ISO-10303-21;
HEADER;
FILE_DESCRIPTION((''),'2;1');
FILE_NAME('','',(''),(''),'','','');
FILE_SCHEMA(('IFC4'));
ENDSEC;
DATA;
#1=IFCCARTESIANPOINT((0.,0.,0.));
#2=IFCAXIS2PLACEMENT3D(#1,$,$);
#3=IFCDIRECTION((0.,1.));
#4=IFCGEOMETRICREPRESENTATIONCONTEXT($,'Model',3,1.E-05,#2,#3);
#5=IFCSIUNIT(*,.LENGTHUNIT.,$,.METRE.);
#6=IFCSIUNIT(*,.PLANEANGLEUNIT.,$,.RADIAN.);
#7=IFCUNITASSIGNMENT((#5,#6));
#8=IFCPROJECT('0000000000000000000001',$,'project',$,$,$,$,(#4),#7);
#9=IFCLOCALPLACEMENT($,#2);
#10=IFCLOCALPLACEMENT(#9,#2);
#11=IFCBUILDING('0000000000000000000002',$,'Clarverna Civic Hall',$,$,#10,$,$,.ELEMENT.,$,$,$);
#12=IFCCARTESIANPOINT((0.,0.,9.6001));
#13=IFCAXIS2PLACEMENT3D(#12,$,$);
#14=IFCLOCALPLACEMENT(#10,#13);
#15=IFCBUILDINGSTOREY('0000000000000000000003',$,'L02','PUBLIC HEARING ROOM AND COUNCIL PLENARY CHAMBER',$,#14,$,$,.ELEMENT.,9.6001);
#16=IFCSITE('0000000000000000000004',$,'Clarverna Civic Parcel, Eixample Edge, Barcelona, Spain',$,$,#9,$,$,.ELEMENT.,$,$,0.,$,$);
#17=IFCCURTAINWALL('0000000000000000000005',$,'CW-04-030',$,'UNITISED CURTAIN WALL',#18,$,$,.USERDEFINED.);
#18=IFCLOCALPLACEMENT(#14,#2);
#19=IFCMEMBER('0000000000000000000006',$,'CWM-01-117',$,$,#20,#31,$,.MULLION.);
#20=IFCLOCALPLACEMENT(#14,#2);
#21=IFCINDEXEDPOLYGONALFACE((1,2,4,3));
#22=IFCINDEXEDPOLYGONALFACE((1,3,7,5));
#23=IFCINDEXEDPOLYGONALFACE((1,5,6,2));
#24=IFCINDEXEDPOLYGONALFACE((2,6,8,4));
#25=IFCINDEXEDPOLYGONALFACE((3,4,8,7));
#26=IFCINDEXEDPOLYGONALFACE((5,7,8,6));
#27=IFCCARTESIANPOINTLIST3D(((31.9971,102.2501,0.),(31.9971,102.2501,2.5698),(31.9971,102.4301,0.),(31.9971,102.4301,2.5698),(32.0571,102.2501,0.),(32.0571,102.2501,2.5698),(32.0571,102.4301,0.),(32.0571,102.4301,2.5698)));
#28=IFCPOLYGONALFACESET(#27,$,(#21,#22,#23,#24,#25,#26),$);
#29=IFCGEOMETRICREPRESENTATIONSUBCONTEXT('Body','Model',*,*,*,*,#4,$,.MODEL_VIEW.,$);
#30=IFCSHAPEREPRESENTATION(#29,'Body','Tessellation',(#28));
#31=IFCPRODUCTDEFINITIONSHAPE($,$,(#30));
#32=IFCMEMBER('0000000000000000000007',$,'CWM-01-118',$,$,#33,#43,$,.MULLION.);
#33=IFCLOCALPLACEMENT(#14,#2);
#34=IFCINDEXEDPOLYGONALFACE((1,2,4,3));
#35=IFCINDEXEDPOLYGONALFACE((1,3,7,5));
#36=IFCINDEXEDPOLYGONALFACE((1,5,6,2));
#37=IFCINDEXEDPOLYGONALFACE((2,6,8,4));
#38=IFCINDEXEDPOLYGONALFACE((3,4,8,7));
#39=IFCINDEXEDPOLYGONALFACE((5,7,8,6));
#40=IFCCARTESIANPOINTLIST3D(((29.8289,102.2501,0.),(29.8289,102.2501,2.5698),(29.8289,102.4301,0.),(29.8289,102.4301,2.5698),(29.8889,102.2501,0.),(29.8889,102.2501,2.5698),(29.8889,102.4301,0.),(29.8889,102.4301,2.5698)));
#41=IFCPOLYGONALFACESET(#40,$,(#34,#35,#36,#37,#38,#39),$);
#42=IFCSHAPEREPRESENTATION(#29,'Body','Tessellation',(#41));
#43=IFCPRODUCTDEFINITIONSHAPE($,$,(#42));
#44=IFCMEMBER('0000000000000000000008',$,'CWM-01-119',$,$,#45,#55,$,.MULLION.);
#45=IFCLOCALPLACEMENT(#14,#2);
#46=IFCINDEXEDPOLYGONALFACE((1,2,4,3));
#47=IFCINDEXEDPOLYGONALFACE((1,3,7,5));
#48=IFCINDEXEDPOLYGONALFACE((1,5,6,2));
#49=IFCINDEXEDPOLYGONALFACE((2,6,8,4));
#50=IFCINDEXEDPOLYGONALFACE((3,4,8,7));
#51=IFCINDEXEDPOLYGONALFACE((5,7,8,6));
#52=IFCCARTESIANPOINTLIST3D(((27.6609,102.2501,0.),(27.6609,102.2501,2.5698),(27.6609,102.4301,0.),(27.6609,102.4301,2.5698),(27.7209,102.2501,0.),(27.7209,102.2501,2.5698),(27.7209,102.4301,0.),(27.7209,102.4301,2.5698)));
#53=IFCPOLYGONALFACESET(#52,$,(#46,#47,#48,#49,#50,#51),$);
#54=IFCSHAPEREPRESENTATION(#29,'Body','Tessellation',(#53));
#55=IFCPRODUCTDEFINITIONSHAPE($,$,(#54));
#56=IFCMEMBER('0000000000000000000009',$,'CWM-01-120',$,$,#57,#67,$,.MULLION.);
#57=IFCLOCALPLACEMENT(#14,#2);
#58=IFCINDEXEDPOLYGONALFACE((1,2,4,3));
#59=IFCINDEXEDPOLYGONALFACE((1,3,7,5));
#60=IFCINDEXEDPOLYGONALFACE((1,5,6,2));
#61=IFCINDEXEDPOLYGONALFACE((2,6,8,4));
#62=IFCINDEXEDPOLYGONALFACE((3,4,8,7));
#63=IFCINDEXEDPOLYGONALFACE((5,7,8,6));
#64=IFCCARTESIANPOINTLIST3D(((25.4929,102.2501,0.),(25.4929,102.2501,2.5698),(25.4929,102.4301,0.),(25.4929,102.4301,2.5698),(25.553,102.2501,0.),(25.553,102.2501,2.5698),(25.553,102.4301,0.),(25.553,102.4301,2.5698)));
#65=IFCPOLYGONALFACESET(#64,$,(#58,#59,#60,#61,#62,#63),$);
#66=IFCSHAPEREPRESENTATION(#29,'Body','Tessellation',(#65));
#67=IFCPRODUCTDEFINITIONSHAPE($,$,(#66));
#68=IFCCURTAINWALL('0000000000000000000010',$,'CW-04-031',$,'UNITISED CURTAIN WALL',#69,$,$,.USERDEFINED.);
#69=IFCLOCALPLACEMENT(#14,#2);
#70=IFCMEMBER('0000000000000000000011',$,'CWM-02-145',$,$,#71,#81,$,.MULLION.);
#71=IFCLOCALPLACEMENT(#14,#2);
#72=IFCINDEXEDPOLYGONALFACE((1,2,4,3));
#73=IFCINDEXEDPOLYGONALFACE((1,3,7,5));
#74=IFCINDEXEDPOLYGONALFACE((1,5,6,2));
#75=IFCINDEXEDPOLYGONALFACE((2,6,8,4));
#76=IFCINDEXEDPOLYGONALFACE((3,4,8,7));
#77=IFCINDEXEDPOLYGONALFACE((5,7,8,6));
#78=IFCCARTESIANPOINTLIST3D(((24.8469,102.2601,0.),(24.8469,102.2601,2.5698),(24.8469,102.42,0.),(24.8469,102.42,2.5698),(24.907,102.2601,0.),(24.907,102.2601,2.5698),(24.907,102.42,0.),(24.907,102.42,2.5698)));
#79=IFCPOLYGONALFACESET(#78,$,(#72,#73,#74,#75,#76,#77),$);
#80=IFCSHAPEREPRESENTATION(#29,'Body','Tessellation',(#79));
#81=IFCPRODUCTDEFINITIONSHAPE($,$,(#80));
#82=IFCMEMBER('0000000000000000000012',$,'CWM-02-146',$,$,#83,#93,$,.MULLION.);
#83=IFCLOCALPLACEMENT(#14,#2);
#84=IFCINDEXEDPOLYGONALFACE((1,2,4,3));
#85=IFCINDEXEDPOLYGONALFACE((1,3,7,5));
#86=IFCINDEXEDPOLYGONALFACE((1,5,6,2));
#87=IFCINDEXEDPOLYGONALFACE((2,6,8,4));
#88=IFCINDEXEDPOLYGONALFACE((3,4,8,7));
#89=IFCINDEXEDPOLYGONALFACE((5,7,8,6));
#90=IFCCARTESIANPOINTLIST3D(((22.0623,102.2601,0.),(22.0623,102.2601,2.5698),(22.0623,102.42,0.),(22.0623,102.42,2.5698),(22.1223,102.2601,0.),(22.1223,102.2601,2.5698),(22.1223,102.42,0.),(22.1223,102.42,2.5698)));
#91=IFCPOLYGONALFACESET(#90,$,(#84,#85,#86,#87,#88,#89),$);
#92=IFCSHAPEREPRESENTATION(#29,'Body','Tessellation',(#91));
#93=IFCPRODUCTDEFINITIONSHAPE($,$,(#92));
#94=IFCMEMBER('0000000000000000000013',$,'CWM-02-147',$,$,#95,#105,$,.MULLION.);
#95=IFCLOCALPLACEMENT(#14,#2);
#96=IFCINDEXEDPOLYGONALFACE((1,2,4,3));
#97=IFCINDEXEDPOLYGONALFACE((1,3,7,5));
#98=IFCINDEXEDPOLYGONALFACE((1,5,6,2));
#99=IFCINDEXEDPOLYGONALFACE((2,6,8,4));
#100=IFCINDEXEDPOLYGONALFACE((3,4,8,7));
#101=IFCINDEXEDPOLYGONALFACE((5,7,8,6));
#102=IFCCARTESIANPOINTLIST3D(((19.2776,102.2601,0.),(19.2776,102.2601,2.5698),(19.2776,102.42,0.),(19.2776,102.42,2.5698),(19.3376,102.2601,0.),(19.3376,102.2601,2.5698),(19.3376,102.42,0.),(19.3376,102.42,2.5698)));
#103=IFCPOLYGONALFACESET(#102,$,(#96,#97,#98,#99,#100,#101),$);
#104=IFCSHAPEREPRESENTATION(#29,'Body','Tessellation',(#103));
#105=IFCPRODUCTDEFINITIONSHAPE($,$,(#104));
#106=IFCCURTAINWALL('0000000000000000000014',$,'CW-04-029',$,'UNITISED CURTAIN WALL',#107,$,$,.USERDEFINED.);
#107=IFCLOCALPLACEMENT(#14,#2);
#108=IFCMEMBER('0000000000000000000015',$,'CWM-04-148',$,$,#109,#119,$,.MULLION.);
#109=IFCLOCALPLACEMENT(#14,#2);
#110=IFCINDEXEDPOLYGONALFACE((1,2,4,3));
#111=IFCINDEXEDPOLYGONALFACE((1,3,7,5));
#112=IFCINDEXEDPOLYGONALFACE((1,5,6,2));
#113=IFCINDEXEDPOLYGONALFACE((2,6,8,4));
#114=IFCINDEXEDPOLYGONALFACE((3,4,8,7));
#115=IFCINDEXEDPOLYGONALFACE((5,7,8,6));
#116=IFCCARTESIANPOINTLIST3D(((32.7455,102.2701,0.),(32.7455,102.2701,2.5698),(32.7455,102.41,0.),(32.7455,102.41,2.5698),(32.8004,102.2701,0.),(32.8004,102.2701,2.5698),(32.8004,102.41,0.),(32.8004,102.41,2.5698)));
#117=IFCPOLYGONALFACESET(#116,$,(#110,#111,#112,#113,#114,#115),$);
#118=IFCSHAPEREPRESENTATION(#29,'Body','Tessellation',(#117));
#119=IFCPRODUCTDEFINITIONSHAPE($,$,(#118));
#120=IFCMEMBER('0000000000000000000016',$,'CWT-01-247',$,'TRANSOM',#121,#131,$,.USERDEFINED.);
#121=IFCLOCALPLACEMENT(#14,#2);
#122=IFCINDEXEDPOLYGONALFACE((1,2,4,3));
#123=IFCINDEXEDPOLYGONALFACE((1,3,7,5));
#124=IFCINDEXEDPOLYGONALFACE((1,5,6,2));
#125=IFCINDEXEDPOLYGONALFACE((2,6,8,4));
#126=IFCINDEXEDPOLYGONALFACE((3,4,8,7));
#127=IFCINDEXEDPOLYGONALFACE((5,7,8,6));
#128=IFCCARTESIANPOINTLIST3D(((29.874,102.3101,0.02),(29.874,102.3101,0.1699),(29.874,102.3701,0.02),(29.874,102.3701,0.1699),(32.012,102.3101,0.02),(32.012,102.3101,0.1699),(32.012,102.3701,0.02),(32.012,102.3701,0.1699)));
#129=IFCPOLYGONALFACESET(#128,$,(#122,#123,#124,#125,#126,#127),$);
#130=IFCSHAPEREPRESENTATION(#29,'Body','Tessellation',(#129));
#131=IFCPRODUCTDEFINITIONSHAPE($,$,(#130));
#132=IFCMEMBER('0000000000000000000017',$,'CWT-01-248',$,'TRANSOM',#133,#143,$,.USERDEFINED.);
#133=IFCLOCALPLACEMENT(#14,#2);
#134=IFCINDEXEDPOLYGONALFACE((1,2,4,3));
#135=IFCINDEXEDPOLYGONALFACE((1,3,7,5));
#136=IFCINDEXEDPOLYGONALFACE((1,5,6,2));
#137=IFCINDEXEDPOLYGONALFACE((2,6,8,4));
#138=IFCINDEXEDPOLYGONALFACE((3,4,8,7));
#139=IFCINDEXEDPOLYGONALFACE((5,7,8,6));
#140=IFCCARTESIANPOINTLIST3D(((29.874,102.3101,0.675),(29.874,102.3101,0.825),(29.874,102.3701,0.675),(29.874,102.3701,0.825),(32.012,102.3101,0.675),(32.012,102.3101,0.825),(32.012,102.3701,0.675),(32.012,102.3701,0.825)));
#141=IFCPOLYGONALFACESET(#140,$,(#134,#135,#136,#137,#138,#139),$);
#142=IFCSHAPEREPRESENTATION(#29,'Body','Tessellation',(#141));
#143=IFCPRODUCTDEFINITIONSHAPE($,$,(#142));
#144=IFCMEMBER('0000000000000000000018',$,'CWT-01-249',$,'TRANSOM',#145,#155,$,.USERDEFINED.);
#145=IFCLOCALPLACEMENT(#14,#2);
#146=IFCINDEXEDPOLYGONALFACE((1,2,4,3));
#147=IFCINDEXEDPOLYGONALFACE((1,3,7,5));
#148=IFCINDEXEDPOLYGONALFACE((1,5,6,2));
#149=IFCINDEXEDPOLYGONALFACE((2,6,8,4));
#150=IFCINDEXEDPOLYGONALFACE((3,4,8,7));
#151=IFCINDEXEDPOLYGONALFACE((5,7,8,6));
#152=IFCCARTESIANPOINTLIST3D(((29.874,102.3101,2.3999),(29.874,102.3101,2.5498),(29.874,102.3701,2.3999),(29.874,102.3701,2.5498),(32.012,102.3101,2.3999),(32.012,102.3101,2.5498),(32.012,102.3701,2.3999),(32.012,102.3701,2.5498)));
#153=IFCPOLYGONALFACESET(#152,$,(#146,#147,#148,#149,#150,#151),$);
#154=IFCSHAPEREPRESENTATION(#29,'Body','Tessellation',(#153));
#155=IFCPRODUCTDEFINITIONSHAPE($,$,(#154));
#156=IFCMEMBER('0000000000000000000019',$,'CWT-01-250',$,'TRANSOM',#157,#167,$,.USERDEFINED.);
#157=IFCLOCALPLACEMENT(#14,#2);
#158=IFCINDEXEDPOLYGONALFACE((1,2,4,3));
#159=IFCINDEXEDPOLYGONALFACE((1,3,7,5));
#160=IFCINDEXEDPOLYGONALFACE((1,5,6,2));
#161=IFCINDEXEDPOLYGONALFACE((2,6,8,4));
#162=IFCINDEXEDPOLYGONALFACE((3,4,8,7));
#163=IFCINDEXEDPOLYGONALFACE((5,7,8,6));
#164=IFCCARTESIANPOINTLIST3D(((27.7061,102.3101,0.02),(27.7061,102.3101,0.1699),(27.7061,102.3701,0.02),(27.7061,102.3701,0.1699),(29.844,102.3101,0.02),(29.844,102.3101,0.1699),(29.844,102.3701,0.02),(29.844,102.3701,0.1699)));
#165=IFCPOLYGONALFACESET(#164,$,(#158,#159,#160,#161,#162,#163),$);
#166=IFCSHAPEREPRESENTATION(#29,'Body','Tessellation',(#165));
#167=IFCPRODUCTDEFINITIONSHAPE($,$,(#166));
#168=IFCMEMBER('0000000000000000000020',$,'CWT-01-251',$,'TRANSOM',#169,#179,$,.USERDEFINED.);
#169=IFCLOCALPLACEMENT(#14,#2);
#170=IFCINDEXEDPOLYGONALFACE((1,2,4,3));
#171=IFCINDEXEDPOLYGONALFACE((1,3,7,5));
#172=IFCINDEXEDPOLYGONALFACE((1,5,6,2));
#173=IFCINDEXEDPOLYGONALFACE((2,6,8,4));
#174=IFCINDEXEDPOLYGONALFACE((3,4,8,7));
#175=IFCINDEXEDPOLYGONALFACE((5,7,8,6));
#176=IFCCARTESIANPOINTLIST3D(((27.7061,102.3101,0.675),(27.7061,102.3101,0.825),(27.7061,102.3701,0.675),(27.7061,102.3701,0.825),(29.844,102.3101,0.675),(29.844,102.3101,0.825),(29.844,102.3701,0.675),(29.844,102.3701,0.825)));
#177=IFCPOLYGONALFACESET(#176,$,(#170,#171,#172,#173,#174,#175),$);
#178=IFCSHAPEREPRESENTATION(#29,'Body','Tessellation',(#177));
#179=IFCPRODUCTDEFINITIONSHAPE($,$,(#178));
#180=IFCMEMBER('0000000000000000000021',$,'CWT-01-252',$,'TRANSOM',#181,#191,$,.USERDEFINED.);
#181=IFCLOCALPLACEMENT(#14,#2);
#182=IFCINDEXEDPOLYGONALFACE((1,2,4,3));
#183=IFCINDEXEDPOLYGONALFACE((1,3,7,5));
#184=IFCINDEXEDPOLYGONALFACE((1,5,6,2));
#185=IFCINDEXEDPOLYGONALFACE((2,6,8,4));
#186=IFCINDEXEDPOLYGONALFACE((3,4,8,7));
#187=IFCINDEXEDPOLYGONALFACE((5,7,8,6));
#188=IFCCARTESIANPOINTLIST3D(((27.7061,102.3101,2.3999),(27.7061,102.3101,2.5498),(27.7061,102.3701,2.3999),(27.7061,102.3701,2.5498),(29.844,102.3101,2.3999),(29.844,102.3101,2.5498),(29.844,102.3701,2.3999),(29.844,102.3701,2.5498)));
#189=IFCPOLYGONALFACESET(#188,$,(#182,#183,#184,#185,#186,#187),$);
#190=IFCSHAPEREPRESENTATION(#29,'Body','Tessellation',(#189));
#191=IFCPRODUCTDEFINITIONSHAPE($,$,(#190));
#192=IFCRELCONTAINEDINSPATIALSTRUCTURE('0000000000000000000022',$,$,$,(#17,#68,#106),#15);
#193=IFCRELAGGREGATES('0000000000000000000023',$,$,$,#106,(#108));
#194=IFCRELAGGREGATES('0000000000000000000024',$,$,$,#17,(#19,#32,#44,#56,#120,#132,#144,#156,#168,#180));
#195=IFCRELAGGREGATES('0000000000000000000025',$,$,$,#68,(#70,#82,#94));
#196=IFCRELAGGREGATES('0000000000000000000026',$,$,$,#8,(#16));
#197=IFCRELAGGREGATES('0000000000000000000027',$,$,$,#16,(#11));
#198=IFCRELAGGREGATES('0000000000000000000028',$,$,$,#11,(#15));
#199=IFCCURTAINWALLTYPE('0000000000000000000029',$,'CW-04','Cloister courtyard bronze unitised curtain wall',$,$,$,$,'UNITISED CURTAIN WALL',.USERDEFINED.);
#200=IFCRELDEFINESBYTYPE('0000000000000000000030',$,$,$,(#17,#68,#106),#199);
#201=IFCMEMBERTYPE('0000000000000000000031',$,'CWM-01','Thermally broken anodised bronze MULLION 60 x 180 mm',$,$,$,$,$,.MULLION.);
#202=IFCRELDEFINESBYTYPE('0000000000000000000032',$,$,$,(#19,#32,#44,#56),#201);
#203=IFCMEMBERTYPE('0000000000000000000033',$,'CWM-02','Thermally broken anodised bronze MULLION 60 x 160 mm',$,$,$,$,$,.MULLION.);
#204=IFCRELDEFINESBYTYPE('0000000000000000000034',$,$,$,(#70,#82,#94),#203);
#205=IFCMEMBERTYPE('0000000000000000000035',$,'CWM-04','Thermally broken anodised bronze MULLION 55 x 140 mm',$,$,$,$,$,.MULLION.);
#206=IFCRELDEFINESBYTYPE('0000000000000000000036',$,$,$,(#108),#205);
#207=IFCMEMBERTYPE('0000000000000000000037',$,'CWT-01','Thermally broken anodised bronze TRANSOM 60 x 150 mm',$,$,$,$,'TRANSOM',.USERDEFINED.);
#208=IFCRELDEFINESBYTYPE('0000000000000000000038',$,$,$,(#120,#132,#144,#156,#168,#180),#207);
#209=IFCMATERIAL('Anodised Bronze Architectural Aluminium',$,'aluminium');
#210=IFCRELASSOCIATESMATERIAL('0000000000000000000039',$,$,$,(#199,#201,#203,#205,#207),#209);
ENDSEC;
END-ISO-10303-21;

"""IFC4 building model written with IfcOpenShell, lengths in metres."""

from ifc_helpers import new_model, si_unit, direction, frame, origin, origin_2d, place, context, subcontext, project, spatial, rectangle, extrude, material, material_profile, profile_set, type_object, element, aggregate, save


model = new_model("IFC4")

# Units and contexts
model_context = context("Model", 3, precision=1e-05, world=origin(), true_north=direction((0.0, 1.0)))
body_context = subcontext(model_context, "Body", "Model", "MODEL_VIEW")
ifc_project = project(units=[si_unit("LENGTHUNIT", "METRE"), si_unit("PLANEANGLEUNIT", "RADIAN")], contexts=[model_context])

# Site, building, storey
site_placement = place(None, origin())
site = spatial("IfcSite", under=ifc_project, at=site_placement, Name="Clarverna Civic Parcel, Eixample Edge, Barcelona, Spain", CompositionType="ELEMENT", RefElevation=0.0)
building_placement = place(site_placement, origin())
building = spatial("IfcBuilding", under=site, at=building_placement, Name="Clarverna Civic Hall", CompositionType="ELEMENT")
storey_placement = place(building_placement, frame((0.0, 0.0, 9.6001)))
storey = spatial("IfcBuildingStorey", under=building, at=storey_placement, Name="L02", Description="PUBLIC HEARING ROOM AND COUNCIL PLENARY CHAMBER", CompositionType="ELEMENT", Elevation=9.6001)

# Curtain walls, members
ifc_material_1 = material(Name="Anodised Bronze Architectural Aluminium", Category="aluminium")
curtain_wall_type = type_object("IfcCurtainWallType", Name="CW-04", Description="Cloister courtyard bronze unitised curtain wall", ElementType="UNITISED CURTAIN WALL", PredefinedType="USERDEFINED", material=ifc_material_1)
curtain_wall_1_placement = place(storey_placement, origin())
curtain_wall_1 = element("IfcCurtainWall", 1, at=curtain_wall_1_placement, inside=storey, type_object=curtain_wall_type, Name="CW-04-030", ObjectType="UNITISED CURTAIN WALL", PredefinedType="USERDEFINED")
ifc_material_profile_1 = material_profile(ifc_material_1, rectangle(XDim=0.0601, YDim=0.1799, at=origin_2d()), Name="BRONZE 60x180")
ifc_profile_set_1 = profile_set([ifc_material_profile_1], Name="Anodised Bronze Architectural Aluminium")
member_type_1 = type_object("IfcMemberType", Name="CWM-01", Description="Thermally broken anodised bronze MULLION 60 x 180 mm", PredefinedType="MULLION", material=ifc_profile_set_1)
member_1_placement = place(storey_placement, frame((32.0271, 102.3401, 0.0), z_axis=(0.0, 0.0, 1.0), x_axis=(1.0, 0.0, 0.0)))
member_1 = element("IfcMember", 2, at=member_1_placement, type_object=member_type_1, Name="CWM-01-117", PredefinedType="MULLION", context=body_context, shape_type="SweptSolid", body=[
    extrude(rectangle(XDim=0.0601, YDim=0.1799, at=origin_2d()), origin(), (0.0, 0.0, 1.0), 2.5698),
])
member_2_placement = place(storey_placement, frame((29.8589, 102.3401, 0.0), z_axis=(0.0, 0.0, 1.0), x_axis=(1.0, 0.0, 0.0)))
member_2 = element("IfcMember", 3, at=member_2_placement, type_object=member_type_1, Name="CWM-01-118", PredefinedType="MULLION", context=body_context, shape_type="SweptSolid", body=[
    extrude(rectangle(XDim=0.0601, YDim=0.1799, at=origin_2d()), origin(), (0.0, 0.0, 1.0), 2.5698),
])
member_3_placement = place(storey_placement, frame((27.6909, 102.3401, 0.0), z_axis=(0.0, 0.0, 1.0), x_axis=(1.0, 0.0, 0.0)))
member_3 = element("IfcMember", 4, at=member_3_placement, type_object=member_type_1, Name="CWM-01-119", PredefinedType="MULLION", context=body_context, shape_type="SweptSolid", body=[
    extrude(rectangle(XDim=0.0601, YDim=0.1799, at=origin_2d()), origin(), (0.0, 0.0, 1.0), 2.5698),
])
member_4_placement = place(storey_placement, frame((25.5229, 102.3401, 0.0), z_axis=(0.0, 0.0, 1.0), x_axis=(1.0, 0.0, 0.0)))
member_4 = element("IfcMember", 5, at=member_4_placement, type_object=member_type_1, Name="CWM-01-120", PredefinedType="MULLION", context=body_context, shape_type="SweptSolid", body=[
    extrude(rectangle(XDim=0.0601, YDim=0.1799, at=origin_2d()), origin(), (0.0, 0.0, 1.0), 2.5698),
])
curtain_wall_2_placement = place(storey_placement, origin())
curtain_wall_2 = element("IfcCurtainWall", 6, at=curtain_wall_2_placement, inside=storey, type_object=curtain_wall_type, Name="CW-04-031", ObjectType="UNITISED CURTAIN WALL", PredefinedType="USERDEFINED")
ifc_material_profile_2 = material_profile(ifc_material_1, rectangle(XDim=0.0601, YDim=0.1599, at=origin_2d()), Name="BRONZE 60x160")
ifc_profile_set_2 = profile_set([ifc_material_profile_2], Name="Anodised Bronze Architectural Aluminium")
member_type_2 = type_object("IfcMemberType", Name="CWM-02", Description="Thermally broken anodised bronze MULLION 60 x 160 mm", PredefinedType="MULLION", material=ifc_profile_set_2)
member_5_placement = place(storey_placement, frame((24.877, 102.3401, 0.0), z_axis=(0.0, 0.0, 1.0), x_axis=(1.0, 0.0, 0.0)))
member_5 = element("IfcMember", 7, at=member_5_placement, type_object=member_type_2, Name="CWM-02-145", PredefinedType="MULLION", context=body_context, shape_type="SweptSolid", body=[
    extrude(rectangle(XDim=0.0601, YDim=0.1599, at=origin_2d()), origin(), (0.0, 0.0, 1.0), 2.5698),
])
member_6_placement = place(storey_placement, frame((22.0923, 102.3401, 0.0), z_axis=(0.0, 0.0, 1.0), x_axis=(1.0, 0.0, 0.0)))
member_6 = element("IfcMember", 8, at=member_6_placement, type_object=member_type_2, Name="CWM-02-146", PredefinedType="MULLION", context=body_context, shape_type="SweptSolid", body=[
    extrude(rectangle(XDim=0.0601, YDim=0.1599, at=origin_2d()), origin(), (0.0, 0.0, 1.0), 2.5698),
])
member_7_placement = place(storey_placement, frame((19.3076, 102.3401, 0.0), z_axis=(0.0, 0.0, 1.0), x_axis=(1.0, 0.0, 0.0)))
member_7 = element("IfcMember", 9, at=member_7_placement, type_object=member_type_2, Name="CWM-02-147", PredefinedType="MULLION", context=body_context, shape_type="SweptSolid", body=[
    extrude(rectangle(XDim=0.0601, YDim=0.1599, at=origin_2d()), origin(), (0.0, 0.0, 1.0), 2.5698),
])

# Curtain wall, member
curtain_wall_3_placement = place(storey_placement, origin())
curtain_wall_3 = element("IfcCurtainWall", 10, at=curtain_wall_3_placement, inside=storey, type_object=curtain_wall_type, Name="CW-04-029", ObjectType="UNITISED CURTAIN WALL", PredefinedType="USERDEFINED")
ifc_material_profile_3 = material_profile(ifc_material_1, rectangle(XDim=0.0549, YDim=0.1399, at=origin_2d()), Name="BRONZE 55x140")
ifc_profile_set_3 = profile_set([ifc_material_profile_3], Name="Anodised Bronze Architectural Aluminium")
member_type_3 = type_object("IfcMemberType", Name="CWM-04", Description="Thermally broken anodised bronze MULLION 55 x 140 mm", PredefinedType="MULLION", material=ifc_profile_set_3)
member_8_placement = place(storey_placement, frame((32.7729, 102.3401, 0.0), z_axis=(0.0, 0.0, 1.0), x_axis=(1.0, 0.0, 0.0)))
member_8 = element("IfcMember", 11, at=member_8_placement, type_object=member_type_3, Name="CWM-04-148", PredefinedType="MULLION", context=body_context, shape_type="SweptSolid", body=[
    extrude(rectangle(XDim=0.0549, YDim=0.1399, at=origin_2d()), origin(), (0.0, 0.0, 1.0), 2.5698),
])

# Members
ifc_material_profile_4 = material_profile(ifc_material_1, rectangle(XDim=0.0601, YDim=0.1499, at=origin_2d()), Name="BRONZE 60x150")
ifc_profile_set_4 = profile_set([ifc_material_profile_4], Name="Anodised Bronze Architectural Aluminium")
member_type_4 = type_object("IfcMemberType", Name="CWT-01", Description="Thermally broken anodised bronze TRANSOM 60 x 150 mm", ElementType="TRANSOM", PredefinedType="USERDEFINED", material=ifc_profile_set_4)
member_9_placement = place(storey_placement, frame((32.012, 102.3401, 0.095), z_axis=(-1.0, 0.0, 0.0), x_axis=(0.0, -1.0, 0.0)))
member_9 = element("IfcMember", 12, at=member_9_placement, type_object=member_type_4, Name="CWT-01-247", ObjectType="TRANSOM", PredefinedType="USERDEFINED", context=body_context, shape_type="SweptSolid", body=[
    extrude(rectangle(XDim=0.0601, YDim=0.1499, at=origin_2d()), origin(), (0.0, 0.0, 1.0), 2.1379),
])
member_10_placement = place(storey_placement, frame((32.012, 102.3401, 0.75), z_axis=(-1.0, 0.0, 0.0), x_axis=(0.0, -1.0, 0.0)))
member_10 = element("IfcMember", 13, at=member_10_placement, type_object=member_type_4, Name="CWT-01-248", ObjectType="TRANSOM", PredefinedType="USERDEFINED", context=body_context, shape_type="SweptSolid", body=[
    extrude(rectangle(XDim=0.0601, YDim=0.1499, at=origin_2d()), origin(), (0.0, 0.0, 1.0), 2.1379),
])
member_11_placement = place(storey_placement, frame((32.012, 102.3401, 2.4749), z_axis=(-1.0, 0.0, 0.0), x_axis=(0.0, -1.0, 0.0)))
member_11 = element("IfcMember", 14, at=member_11_placement, type_object=member_type_4, Name="CWT-01-249", ObjectType="TRANSOM", PredefinedType="USERDEFINED", context=body_context, shape_type="SweptSolid", body=[
    extrude(rectangle(XDim=0.0601, YDim=0.1499, at=origin_2d()), origin(), (0.0, 0.0, 1.0), 2.1379),
])
member_12_placement = place(storey_placement, frame((29.844, 102.3401, 0.095), z_axis=(-1.0, 0.0, 0.0), x_axis=(0.0, -1.0, 0.0)))
member_12 = element("IfcMember", 15, at=member_12_placement, type_object=member_type_4, Name="CWT-01-250", ObjectType="TRANSOM", PredefinedType="USERDEFINED", context=body_context, shape_type="SweptSolid", body=[
    extrude(rectangle(XDim=0.0601, YDim=0.1499, at=origin_2d()), origin(), (0.0, 0.0, 1.0), 2.1379),
])
member_13_placement = place(storey_placement, frame((29.844, 102.3401, 0.75), z_axis=(-1.0, 0.0, 0.0), x_axis=(0.0, -1.0, 0.0)))
member_13 = element("IfcMember", 16, at=member_13_placement, type_object=member_type_4, Name="CWT-01-251", ObjectType="TRANSOM", PredefinedType="USERDEFINED", context=body_context, shape_type="SweptSolid", body=[
    extrude(rectangle(XDim=0.0601, YDim=0.1499, at=origin_2d()), origin(), (0.0, 0.0, 1.0), 2.1379),
])
member_14_placement = place(storey_placement, frame((29.844, 102.3401, 2.4749), z_axis=(-1.0, 0.0, 0.0), x_axis=(0.0, -1.0, 0.0)))
member_14 = element("IfcMember", 17, at=member_14_placement, type_object=member_type_4, Name="CWT-01-252", ObjectType="TRANSOM", PredefinedType="USERDEFINED", context=body_context, shape_type="SweptSolid", body=[
    extrude(rectangle(XDim=0.0601, YDim=0.1499, at=origin_2d()), origin(), (0.0, 0.0, 1.0), 2.1379),
])

aggregate(curtain_wall_3, [member_8])
aggregate(curtain_wall_1, [member_1, member_2, member_3, member_4, member_9, member_10, member_11, member_12, member_13, member_14])
aggregate(curtain_wall_2, [member_5, member_6, member_7])

save(model, "model.ifc")
